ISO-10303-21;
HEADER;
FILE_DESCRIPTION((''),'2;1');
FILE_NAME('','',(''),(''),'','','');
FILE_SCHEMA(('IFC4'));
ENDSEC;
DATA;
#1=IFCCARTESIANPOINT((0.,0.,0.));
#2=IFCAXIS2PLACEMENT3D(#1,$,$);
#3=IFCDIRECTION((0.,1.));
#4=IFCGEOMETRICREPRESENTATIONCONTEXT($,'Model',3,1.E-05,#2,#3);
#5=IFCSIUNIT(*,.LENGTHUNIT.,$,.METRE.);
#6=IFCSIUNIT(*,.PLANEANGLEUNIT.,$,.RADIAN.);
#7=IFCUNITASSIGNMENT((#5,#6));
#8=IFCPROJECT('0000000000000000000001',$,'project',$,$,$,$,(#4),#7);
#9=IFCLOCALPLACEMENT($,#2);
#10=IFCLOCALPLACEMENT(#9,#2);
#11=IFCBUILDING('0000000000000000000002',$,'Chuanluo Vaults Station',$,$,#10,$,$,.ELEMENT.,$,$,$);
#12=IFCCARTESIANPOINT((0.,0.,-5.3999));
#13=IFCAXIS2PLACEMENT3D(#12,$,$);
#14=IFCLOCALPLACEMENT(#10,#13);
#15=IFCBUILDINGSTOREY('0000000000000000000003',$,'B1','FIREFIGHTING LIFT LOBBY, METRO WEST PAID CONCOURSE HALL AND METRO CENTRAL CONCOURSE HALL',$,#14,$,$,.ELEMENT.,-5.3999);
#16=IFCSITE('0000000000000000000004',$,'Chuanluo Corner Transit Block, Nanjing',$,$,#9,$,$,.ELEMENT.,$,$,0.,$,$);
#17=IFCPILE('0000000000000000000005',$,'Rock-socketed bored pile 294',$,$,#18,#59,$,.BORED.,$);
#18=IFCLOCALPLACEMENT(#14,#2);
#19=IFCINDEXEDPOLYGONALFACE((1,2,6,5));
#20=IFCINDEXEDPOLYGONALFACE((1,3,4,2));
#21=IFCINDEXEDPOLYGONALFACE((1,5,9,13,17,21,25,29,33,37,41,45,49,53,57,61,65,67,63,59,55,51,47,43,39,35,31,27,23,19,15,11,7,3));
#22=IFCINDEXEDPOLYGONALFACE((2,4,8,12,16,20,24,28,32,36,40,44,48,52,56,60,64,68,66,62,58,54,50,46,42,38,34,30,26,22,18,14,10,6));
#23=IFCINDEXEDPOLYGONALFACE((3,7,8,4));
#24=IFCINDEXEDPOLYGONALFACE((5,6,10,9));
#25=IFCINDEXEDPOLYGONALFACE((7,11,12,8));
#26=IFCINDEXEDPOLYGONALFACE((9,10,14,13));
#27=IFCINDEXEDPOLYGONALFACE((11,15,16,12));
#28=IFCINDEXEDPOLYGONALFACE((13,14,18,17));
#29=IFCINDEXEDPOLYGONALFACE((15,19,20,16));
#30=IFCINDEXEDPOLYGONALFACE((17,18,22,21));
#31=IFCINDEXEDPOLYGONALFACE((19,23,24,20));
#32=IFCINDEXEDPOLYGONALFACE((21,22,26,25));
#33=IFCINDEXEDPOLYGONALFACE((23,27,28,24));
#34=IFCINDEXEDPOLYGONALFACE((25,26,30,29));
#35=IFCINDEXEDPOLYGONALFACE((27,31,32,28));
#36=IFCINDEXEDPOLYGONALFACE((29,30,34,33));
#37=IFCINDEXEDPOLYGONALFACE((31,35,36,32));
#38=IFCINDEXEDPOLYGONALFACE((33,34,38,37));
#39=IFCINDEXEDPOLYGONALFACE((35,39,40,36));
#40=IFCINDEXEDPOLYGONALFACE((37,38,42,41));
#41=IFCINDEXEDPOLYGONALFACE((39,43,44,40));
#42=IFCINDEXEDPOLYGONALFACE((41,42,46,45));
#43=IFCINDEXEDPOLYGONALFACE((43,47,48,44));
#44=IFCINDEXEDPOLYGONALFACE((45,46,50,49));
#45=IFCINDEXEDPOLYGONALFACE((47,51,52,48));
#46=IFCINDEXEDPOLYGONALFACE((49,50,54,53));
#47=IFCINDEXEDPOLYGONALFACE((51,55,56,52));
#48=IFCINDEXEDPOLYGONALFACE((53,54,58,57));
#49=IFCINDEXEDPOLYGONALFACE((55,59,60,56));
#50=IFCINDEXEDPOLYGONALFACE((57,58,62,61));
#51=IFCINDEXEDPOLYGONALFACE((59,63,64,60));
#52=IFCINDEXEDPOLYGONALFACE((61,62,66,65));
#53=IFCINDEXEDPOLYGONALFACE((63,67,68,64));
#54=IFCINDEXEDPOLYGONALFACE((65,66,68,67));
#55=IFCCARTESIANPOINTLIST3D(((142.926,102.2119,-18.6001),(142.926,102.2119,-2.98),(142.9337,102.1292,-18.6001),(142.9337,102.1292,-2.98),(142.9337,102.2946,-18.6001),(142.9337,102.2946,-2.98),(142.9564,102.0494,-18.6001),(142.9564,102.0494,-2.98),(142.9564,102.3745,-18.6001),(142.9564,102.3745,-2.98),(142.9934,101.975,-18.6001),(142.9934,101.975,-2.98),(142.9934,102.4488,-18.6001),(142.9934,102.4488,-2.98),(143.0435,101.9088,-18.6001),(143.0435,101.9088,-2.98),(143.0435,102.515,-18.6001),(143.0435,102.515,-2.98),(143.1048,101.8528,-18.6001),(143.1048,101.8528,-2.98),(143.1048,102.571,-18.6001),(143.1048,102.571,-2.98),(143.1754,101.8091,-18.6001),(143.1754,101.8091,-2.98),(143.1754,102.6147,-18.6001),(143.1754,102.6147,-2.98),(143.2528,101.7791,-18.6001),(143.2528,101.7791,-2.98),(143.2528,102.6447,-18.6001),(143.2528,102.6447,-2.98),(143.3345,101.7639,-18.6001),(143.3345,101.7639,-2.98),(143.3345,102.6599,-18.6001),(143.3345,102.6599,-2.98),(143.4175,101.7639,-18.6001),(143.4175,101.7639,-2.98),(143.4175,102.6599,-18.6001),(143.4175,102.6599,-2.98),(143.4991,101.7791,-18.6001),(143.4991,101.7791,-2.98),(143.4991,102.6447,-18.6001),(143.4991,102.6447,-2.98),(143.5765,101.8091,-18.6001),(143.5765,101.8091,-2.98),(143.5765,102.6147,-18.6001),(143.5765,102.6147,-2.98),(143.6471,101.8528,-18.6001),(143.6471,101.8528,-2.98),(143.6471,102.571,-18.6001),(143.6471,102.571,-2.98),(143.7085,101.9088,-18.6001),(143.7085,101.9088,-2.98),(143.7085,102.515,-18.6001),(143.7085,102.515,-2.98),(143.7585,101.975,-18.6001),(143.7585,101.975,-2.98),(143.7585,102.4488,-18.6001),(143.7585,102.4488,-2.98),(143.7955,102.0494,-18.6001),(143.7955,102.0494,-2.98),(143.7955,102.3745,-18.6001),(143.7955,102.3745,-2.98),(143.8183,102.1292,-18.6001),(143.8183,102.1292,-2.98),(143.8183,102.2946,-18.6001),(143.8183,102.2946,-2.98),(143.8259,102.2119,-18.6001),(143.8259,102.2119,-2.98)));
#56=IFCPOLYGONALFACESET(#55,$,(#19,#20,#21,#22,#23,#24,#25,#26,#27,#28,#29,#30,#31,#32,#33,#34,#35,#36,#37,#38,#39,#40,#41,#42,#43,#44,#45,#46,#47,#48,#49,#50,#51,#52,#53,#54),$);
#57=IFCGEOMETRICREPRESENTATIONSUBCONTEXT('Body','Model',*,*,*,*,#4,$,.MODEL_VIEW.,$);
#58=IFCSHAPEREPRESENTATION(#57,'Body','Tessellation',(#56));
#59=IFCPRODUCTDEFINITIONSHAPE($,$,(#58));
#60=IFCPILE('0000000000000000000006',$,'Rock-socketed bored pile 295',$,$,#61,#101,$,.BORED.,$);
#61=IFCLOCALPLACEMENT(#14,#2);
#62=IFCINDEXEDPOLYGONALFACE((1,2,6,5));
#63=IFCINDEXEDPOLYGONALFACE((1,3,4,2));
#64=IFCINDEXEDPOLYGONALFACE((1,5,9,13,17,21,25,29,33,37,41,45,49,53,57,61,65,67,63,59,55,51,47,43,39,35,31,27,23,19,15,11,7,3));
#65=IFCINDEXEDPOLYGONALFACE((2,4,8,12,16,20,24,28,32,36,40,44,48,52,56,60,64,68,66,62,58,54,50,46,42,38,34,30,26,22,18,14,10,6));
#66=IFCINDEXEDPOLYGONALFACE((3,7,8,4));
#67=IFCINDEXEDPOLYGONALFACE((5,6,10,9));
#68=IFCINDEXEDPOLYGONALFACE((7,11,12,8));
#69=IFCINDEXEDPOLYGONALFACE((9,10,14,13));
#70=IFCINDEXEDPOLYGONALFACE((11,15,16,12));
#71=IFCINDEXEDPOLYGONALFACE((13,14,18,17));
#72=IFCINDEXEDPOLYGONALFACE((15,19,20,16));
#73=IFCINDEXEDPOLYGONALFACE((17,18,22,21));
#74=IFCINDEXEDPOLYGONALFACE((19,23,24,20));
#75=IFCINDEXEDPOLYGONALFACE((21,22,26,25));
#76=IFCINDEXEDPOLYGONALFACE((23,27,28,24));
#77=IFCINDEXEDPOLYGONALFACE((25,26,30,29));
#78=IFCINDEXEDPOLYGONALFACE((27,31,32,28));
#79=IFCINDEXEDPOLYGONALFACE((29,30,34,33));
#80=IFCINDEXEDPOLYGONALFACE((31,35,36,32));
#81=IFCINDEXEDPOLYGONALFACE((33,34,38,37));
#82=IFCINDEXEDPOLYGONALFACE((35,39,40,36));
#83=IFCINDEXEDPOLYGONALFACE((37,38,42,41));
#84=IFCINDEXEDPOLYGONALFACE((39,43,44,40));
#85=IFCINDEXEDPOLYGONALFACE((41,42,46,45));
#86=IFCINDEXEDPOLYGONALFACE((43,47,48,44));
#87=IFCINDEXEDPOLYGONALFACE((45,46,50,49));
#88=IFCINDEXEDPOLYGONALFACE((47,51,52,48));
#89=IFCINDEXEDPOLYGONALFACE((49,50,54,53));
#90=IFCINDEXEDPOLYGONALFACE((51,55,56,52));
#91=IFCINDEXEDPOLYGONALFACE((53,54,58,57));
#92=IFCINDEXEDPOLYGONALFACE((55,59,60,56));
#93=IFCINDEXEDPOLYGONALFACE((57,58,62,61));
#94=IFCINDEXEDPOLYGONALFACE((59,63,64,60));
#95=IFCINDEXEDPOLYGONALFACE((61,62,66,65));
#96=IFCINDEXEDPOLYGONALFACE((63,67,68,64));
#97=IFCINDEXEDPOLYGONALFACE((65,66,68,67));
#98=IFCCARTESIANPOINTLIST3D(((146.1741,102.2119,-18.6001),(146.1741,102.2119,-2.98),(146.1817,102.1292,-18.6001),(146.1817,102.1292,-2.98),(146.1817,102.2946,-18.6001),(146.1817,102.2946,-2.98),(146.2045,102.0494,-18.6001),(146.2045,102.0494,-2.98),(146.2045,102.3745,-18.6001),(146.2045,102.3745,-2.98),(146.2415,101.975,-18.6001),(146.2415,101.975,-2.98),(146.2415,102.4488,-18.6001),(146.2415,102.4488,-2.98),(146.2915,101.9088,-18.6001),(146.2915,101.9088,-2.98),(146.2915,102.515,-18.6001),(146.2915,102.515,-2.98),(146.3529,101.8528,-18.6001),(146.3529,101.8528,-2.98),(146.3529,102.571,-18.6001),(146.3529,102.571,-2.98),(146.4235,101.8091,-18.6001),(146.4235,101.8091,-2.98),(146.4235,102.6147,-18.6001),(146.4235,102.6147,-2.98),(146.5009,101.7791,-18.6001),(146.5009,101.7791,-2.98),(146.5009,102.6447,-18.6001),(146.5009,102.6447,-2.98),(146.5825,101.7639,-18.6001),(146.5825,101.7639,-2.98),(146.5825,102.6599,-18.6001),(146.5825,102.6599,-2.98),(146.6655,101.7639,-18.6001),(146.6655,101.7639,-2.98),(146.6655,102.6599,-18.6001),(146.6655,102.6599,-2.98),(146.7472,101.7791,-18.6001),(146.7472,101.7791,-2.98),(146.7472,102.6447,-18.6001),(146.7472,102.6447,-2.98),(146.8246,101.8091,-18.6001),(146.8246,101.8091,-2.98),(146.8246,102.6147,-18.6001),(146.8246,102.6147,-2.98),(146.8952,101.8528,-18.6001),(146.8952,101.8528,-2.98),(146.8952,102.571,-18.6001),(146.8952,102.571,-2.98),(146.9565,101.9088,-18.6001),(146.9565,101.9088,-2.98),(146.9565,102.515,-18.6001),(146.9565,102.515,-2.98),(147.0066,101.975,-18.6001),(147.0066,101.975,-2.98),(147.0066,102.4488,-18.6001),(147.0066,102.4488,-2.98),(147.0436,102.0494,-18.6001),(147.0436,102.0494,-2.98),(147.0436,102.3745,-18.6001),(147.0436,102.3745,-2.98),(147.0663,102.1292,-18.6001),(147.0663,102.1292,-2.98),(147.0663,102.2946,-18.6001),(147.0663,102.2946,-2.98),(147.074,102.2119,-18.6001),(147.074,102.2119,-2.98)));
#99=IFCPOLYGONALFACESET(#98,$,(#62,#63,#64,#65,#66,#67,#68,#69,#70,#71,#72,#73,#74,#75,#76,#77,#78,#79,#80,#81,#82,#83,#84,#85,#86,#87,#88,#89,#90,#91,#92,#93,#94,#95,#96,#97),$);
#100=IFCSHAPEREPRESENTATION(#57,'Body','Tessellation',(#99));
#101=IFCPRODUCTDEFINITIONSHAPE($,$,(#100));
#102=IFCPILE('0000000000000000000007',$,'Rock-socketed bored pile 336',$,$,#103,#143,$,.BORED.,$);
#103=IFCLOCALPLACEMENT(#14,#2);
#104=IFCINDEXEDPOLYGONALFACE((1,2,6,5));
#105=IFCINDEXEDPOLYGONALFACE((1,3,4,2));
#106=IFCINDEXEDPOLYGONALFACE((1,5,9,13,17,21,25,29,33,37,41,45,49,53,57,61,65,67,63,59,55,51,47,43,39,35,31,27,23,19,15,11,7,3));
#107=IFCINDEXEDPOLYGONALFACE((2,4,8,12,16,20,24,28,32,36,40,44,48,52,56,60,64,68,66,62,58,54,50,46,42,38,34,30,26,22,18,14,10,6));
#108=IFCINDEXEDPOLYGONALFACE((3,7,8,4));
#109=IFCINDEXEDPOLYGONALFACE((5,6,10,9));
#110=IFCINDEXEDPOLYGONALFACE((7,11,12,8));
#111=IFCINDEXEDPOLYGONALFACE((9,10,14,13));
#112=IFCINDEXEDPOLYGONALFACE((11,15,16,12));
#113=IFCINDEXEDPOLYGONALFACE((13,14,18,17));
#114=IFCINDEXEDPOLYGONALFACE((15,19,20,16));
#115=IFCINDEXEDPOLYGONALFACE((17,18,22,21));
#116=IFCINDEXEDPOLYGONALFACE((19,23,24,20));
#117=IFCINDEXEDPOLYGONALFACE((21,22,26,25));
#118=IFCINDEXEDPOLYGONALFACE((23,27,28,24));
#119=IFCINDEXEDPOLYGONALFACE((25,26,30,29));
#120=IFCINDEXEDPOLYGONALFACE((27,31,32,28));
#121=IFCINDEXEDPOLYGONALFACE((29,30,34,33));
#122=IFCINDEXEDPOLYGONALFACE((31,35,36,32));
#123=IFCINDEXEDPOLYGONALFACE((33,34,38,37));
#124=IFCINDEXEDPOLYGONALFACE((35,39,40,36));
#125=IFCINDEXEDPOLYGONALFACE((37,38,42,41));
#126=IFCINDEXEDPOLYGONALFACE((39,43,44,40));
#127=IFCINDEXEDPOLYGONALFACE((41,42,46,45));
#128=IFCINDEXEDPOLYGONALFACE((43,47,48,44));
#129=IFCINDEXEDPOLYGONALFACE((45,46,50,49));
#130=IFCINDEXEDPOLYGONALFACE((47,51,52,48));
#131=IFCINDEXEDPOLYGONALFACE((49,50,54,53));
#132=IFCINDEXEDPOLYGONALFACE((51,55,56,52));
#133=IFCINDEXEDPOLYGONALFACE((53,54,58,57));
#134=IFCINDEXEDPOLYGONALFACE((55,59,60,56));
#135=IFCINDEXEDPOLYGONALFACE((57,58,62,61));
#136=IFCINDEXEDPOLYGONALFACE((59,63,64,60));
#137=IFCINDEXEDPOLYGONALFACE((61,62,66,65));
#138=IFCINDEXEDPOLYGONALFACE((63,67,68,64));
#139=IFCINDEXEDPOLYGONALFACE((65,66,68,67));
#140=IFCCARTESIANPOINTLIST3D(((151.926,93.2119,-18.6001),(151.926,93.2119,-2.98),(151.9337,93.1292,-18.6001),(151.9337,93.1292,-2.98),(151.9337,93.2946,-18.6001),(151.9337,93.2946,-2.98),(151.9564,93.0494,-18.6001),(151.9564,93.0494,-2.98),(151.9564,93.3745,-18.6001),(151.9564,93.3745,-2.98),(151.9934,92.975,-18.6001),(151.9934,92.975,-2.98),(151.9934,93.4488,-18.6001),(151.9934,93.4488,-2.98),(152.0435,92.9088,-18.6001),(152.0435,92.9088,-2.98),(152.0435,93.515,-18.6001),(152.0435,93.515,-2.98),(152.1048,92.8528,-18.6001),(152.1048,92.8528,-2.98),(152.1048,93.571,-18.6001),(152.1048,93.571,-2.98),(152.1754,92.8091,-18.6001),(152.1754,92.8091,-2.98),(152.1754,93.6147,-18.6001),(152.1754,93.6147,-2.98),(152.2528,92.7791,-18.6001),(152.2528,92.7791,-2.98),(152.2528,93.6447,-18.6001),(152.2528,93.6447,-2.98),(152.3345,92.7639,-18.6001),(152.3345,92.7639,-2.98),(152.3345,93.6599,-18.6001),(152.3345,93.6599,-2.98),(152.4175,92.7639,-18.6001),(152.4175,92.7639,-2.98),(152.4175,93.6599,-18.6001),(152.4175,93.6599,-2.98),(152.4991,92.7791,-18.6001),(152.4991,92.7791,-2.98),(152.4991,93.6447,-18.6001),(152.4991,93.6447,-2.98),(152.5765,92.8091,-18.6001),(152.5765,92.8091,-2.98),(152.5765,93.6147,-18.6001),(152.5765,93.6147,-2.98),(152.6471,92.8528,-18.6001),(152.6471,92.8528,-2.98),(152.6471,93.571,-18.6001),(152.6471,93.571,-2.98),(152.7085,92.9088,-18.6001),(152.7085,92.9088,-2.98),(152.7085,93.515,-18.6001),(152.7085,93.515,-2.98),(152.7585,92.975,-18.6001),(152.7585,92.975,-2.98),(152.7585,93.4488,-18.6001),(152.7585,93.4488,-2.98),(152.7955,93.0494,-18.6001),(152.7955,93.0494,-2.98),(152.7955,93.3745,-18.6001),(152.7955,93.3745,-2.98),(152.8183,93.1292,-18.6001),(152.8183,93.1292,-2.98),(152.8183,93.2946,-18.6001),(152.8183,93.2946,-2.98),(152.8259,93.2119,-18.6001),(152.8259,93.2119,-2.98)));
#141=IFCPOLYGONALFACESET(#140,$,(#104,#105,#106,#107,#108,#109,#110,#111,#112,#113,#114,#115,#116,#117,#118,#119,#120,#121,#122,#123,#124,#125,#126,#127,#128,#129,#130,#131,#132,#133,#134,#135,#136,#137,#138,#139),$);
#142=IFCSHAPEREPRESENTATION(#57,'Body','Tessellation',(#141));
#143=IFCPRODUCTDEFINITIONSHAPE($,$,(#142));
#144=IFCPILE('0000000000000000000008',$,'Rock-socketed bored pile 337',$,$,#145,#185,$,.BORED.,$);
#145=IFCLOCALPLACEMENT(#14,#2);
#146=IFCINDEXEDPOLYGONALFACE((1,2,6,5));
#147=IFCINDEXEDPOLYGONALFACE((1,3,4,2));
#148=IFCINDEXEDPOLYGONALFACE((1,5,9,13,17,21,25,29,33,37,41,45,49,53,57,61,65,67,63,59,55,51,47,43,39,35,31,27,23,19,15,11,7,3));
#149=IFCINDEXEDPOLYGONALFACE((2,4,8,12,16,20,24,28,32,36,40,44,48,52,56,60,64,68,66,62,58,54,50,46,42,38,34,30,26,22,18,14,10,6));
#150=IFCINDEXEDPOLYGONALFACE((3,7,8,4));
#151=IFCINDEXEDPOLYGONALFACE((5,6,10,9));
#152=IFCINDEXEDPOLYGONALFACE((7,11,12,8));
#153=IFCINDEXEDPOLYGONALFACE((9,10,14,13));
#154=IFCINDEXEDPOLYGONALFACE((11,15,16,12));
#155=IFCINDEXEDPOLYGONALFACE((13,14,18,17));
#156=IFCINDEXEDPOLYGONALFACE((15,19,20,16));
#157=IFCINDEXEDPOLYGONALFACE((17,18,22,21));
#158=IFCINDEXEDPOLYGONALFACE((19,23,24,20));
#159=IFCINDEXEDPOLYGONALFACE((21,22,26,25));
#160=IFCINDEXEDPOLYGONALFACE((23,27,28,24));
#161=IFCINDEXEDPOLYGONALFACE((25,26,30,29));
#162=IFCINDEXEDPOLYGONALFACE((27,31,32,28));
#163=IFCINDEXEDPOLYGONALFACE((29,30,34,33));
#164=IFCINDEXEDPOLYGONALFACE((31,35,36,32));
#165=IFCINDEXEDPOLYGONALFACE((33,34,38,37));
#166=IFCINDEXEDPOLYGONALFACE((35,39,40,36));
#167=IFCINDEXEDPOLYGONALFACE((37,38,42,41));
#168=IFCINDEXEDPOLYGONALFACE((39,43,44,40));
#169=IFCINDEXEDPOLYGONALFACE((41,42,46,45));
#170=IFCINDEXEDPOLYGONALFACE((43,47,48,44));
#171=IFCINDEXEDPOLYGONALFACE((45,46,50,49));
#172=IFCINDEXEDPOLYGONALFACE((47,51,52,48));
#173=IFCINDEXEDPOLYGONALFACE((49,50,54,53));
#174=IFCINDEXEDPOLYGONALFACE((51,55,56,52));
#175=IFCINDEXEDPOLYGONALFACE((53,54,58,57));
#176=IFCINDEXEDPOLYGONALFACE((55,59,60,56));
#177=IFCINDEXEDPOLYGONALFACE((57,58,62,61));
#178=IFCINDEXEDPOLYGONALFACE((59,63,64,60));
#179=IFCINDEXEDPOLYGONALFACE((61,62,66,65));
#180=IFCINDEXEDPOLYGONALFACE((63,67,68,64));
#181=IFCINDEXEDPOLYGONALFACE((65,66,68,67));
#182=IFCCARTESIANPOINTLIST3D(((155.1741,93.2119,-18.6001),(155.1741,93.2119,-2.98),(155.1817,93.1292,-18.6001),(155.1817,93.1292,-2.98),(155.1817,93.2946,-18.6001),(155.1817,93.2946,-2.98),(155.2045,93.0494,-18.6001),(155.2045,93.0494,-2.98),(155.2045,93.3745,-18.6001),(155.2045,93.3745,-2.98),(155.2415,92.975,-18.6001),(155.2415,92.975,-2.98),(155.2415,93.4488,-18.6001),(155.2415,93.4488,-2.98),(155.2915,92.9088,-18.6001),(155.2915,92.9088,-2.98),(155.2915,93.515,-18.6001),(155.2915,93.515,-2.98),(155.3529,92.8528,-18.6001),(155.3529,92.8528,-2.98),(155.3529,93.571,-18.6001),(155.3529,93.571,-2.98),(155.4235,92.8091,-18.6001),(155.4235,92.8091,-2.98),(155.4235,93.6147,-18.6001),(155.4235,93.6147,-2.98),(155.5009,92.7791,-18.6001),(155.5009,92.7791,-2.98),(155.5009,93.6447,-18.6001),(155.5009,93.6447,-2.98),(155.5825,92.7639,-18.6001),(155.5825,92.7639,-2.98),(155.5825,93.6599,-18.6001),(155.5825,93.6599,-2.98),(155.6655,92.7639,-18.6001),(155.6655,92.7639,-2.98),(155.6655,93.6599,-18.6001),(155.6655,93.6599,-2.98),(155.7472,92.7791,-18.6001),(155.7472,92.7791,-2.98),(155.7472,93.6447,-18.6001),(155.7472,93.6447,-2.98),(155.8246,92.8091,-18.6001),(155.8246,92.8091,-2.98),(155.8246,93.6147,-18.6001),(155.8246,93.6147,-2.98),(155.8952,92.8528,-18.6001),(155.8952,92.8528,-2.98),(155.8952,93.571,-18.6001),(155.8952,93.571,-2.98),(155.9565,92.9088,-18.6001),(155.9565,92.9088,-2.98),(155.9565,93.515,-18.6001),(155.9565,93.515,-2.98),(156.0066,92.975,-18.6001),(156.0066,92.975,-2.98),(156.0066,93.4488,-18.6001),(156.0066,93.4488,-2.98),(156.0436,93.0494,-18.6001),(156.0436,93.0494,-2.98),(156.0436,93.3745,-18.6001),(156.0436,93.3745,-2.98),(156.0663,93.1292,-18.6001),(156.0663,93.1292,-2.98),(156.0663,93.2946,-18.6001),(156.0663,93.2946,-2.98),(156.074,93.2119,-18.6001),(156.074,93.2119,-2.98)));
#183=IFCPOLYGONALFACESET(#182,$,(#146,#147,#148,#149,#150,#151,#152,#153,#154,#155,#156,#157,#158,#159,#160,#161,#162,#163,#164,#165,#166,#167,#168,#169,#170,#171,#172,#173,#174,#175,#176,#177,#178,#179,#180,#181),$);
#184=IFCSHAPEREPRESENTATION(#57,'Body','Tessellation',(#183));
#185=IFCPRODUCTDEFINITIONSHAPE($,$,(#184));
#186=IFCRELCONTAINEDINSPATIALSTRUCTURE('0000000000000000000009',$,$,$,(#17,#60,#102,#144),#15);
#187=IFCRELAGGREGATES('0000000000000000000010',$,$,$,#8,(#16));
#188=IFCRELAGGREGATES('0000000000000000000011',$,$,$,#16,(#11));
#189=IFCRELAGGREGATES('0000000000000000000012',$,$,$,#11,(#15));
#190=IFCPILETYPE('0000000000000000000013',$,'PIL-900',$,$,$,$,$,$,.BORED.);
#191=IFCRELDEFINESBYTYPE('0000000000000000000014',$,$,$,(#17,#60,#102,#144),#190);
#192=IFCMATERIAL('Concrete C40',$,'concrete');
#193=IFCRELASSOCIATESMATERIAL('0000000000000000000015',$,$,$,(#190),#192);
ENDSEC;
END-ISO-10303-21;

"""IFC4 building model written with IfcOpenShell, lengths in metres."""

from ifc_helpers import new_model, si_unit, direction, frame, origin, origin_2d, place, context, subcontext, project, spatial, circle, extrude, material, material_profile, profile_set, type_object, element, save


model = new_model("IFC4")

# Units and contexts
model_context = context("Model", 3, precision=1e-05, world=origin(), true_north=direction((0.0, 1.0)))
body_context = subcontext(model_context, "Body", "Model", "MODEL_VIEW")
ifc_project = project(units=[si_unit("LENGTHUNIT", "METRE"), si_unit("PLANEANGLEUNIT", "RADIAN")], contexts=[model_context])

# Site, building, storey
site_placement = place(None, origin())
site = spatial("IfcSite", under=ifc_project, at=site_placement, Name="Chuanluo Corner Transit Block, Nanjing", CompositionType="ELEMENT", RefElevation=0.0)
building_placement = place(site_placement, origin())
building = spatial("IfcBuilding", under=site, at=building_placement, Name="Chuanluo Vaults Station", CompositionType="ELEMENT")
storey_placement = place(building_placement, frame((0.0, 0.0, -5.3999)))
storey = spatial("IfcBuildingStorey", under=building, at=storey_placement, Name="B1", Description="FIREFIGHTING LIFT LOBBY, METRO WEST PAID CONCOURSE HALL AND METRO CENTRAL CONCOURSE HALL", CompositionType="ELEMENT", Elevation=-5.3999)

# Piles
ifc_material_1 = material(Name="Concrete C40", Category="concrete")
ifc_material_profile_1 = material_profile(ifc_material_1, circle(Radius=0.45, at=origin_2d()))
ifc_profile_set_1 = profile_set([ifc_material_profile_1], Name="Concrete C40")
pile_type_1 = type_object("IfcPileType", Name="PIL-900", PredefinedType="BORED", material=ifc_profile_set_1)
for number, where, z_axis, x_axis, name in (
    (1, (143.376, 102.2119, -2.98), (0.0, 0.0, -1.0), (1.0, 0.0, 0.0), "Rock-socketed bored pile 294"),
    (2, (146.624, 102.2119, -2.98), (0.0, 0.0, -1.0), (1.0, 0.0, 0.0), "Rock-socketed bored pile 295"),
    (3, (152.376, 93.2119, -2.98), (0.0, 0.0, -1.0), (1.0, 0.0, 0.0), "Rock-socketed bored pile 336"),
    (4, (155.624, 93.2119, -2.98), (0.0, 0.0, -1.0), (1.0, 0.0, 0.0), "Rock-socketed bored pile 337"),
):
    element("IfcPile", number, at=place(storey_placement, frame(where, z_axis=z_axis, x_axis=x_axis)), inside=storey, type_object=pile_type_1, Name=name, PredefinedType="BORED", context=body_context, shape_type="SweptSolid", body=[
        extrude(circle(Radius=0.45, at=origin_2d()), origin(), (0.0, 0.0, 1.0), 15.6201),
    ])

save(model, "model.ifc")
